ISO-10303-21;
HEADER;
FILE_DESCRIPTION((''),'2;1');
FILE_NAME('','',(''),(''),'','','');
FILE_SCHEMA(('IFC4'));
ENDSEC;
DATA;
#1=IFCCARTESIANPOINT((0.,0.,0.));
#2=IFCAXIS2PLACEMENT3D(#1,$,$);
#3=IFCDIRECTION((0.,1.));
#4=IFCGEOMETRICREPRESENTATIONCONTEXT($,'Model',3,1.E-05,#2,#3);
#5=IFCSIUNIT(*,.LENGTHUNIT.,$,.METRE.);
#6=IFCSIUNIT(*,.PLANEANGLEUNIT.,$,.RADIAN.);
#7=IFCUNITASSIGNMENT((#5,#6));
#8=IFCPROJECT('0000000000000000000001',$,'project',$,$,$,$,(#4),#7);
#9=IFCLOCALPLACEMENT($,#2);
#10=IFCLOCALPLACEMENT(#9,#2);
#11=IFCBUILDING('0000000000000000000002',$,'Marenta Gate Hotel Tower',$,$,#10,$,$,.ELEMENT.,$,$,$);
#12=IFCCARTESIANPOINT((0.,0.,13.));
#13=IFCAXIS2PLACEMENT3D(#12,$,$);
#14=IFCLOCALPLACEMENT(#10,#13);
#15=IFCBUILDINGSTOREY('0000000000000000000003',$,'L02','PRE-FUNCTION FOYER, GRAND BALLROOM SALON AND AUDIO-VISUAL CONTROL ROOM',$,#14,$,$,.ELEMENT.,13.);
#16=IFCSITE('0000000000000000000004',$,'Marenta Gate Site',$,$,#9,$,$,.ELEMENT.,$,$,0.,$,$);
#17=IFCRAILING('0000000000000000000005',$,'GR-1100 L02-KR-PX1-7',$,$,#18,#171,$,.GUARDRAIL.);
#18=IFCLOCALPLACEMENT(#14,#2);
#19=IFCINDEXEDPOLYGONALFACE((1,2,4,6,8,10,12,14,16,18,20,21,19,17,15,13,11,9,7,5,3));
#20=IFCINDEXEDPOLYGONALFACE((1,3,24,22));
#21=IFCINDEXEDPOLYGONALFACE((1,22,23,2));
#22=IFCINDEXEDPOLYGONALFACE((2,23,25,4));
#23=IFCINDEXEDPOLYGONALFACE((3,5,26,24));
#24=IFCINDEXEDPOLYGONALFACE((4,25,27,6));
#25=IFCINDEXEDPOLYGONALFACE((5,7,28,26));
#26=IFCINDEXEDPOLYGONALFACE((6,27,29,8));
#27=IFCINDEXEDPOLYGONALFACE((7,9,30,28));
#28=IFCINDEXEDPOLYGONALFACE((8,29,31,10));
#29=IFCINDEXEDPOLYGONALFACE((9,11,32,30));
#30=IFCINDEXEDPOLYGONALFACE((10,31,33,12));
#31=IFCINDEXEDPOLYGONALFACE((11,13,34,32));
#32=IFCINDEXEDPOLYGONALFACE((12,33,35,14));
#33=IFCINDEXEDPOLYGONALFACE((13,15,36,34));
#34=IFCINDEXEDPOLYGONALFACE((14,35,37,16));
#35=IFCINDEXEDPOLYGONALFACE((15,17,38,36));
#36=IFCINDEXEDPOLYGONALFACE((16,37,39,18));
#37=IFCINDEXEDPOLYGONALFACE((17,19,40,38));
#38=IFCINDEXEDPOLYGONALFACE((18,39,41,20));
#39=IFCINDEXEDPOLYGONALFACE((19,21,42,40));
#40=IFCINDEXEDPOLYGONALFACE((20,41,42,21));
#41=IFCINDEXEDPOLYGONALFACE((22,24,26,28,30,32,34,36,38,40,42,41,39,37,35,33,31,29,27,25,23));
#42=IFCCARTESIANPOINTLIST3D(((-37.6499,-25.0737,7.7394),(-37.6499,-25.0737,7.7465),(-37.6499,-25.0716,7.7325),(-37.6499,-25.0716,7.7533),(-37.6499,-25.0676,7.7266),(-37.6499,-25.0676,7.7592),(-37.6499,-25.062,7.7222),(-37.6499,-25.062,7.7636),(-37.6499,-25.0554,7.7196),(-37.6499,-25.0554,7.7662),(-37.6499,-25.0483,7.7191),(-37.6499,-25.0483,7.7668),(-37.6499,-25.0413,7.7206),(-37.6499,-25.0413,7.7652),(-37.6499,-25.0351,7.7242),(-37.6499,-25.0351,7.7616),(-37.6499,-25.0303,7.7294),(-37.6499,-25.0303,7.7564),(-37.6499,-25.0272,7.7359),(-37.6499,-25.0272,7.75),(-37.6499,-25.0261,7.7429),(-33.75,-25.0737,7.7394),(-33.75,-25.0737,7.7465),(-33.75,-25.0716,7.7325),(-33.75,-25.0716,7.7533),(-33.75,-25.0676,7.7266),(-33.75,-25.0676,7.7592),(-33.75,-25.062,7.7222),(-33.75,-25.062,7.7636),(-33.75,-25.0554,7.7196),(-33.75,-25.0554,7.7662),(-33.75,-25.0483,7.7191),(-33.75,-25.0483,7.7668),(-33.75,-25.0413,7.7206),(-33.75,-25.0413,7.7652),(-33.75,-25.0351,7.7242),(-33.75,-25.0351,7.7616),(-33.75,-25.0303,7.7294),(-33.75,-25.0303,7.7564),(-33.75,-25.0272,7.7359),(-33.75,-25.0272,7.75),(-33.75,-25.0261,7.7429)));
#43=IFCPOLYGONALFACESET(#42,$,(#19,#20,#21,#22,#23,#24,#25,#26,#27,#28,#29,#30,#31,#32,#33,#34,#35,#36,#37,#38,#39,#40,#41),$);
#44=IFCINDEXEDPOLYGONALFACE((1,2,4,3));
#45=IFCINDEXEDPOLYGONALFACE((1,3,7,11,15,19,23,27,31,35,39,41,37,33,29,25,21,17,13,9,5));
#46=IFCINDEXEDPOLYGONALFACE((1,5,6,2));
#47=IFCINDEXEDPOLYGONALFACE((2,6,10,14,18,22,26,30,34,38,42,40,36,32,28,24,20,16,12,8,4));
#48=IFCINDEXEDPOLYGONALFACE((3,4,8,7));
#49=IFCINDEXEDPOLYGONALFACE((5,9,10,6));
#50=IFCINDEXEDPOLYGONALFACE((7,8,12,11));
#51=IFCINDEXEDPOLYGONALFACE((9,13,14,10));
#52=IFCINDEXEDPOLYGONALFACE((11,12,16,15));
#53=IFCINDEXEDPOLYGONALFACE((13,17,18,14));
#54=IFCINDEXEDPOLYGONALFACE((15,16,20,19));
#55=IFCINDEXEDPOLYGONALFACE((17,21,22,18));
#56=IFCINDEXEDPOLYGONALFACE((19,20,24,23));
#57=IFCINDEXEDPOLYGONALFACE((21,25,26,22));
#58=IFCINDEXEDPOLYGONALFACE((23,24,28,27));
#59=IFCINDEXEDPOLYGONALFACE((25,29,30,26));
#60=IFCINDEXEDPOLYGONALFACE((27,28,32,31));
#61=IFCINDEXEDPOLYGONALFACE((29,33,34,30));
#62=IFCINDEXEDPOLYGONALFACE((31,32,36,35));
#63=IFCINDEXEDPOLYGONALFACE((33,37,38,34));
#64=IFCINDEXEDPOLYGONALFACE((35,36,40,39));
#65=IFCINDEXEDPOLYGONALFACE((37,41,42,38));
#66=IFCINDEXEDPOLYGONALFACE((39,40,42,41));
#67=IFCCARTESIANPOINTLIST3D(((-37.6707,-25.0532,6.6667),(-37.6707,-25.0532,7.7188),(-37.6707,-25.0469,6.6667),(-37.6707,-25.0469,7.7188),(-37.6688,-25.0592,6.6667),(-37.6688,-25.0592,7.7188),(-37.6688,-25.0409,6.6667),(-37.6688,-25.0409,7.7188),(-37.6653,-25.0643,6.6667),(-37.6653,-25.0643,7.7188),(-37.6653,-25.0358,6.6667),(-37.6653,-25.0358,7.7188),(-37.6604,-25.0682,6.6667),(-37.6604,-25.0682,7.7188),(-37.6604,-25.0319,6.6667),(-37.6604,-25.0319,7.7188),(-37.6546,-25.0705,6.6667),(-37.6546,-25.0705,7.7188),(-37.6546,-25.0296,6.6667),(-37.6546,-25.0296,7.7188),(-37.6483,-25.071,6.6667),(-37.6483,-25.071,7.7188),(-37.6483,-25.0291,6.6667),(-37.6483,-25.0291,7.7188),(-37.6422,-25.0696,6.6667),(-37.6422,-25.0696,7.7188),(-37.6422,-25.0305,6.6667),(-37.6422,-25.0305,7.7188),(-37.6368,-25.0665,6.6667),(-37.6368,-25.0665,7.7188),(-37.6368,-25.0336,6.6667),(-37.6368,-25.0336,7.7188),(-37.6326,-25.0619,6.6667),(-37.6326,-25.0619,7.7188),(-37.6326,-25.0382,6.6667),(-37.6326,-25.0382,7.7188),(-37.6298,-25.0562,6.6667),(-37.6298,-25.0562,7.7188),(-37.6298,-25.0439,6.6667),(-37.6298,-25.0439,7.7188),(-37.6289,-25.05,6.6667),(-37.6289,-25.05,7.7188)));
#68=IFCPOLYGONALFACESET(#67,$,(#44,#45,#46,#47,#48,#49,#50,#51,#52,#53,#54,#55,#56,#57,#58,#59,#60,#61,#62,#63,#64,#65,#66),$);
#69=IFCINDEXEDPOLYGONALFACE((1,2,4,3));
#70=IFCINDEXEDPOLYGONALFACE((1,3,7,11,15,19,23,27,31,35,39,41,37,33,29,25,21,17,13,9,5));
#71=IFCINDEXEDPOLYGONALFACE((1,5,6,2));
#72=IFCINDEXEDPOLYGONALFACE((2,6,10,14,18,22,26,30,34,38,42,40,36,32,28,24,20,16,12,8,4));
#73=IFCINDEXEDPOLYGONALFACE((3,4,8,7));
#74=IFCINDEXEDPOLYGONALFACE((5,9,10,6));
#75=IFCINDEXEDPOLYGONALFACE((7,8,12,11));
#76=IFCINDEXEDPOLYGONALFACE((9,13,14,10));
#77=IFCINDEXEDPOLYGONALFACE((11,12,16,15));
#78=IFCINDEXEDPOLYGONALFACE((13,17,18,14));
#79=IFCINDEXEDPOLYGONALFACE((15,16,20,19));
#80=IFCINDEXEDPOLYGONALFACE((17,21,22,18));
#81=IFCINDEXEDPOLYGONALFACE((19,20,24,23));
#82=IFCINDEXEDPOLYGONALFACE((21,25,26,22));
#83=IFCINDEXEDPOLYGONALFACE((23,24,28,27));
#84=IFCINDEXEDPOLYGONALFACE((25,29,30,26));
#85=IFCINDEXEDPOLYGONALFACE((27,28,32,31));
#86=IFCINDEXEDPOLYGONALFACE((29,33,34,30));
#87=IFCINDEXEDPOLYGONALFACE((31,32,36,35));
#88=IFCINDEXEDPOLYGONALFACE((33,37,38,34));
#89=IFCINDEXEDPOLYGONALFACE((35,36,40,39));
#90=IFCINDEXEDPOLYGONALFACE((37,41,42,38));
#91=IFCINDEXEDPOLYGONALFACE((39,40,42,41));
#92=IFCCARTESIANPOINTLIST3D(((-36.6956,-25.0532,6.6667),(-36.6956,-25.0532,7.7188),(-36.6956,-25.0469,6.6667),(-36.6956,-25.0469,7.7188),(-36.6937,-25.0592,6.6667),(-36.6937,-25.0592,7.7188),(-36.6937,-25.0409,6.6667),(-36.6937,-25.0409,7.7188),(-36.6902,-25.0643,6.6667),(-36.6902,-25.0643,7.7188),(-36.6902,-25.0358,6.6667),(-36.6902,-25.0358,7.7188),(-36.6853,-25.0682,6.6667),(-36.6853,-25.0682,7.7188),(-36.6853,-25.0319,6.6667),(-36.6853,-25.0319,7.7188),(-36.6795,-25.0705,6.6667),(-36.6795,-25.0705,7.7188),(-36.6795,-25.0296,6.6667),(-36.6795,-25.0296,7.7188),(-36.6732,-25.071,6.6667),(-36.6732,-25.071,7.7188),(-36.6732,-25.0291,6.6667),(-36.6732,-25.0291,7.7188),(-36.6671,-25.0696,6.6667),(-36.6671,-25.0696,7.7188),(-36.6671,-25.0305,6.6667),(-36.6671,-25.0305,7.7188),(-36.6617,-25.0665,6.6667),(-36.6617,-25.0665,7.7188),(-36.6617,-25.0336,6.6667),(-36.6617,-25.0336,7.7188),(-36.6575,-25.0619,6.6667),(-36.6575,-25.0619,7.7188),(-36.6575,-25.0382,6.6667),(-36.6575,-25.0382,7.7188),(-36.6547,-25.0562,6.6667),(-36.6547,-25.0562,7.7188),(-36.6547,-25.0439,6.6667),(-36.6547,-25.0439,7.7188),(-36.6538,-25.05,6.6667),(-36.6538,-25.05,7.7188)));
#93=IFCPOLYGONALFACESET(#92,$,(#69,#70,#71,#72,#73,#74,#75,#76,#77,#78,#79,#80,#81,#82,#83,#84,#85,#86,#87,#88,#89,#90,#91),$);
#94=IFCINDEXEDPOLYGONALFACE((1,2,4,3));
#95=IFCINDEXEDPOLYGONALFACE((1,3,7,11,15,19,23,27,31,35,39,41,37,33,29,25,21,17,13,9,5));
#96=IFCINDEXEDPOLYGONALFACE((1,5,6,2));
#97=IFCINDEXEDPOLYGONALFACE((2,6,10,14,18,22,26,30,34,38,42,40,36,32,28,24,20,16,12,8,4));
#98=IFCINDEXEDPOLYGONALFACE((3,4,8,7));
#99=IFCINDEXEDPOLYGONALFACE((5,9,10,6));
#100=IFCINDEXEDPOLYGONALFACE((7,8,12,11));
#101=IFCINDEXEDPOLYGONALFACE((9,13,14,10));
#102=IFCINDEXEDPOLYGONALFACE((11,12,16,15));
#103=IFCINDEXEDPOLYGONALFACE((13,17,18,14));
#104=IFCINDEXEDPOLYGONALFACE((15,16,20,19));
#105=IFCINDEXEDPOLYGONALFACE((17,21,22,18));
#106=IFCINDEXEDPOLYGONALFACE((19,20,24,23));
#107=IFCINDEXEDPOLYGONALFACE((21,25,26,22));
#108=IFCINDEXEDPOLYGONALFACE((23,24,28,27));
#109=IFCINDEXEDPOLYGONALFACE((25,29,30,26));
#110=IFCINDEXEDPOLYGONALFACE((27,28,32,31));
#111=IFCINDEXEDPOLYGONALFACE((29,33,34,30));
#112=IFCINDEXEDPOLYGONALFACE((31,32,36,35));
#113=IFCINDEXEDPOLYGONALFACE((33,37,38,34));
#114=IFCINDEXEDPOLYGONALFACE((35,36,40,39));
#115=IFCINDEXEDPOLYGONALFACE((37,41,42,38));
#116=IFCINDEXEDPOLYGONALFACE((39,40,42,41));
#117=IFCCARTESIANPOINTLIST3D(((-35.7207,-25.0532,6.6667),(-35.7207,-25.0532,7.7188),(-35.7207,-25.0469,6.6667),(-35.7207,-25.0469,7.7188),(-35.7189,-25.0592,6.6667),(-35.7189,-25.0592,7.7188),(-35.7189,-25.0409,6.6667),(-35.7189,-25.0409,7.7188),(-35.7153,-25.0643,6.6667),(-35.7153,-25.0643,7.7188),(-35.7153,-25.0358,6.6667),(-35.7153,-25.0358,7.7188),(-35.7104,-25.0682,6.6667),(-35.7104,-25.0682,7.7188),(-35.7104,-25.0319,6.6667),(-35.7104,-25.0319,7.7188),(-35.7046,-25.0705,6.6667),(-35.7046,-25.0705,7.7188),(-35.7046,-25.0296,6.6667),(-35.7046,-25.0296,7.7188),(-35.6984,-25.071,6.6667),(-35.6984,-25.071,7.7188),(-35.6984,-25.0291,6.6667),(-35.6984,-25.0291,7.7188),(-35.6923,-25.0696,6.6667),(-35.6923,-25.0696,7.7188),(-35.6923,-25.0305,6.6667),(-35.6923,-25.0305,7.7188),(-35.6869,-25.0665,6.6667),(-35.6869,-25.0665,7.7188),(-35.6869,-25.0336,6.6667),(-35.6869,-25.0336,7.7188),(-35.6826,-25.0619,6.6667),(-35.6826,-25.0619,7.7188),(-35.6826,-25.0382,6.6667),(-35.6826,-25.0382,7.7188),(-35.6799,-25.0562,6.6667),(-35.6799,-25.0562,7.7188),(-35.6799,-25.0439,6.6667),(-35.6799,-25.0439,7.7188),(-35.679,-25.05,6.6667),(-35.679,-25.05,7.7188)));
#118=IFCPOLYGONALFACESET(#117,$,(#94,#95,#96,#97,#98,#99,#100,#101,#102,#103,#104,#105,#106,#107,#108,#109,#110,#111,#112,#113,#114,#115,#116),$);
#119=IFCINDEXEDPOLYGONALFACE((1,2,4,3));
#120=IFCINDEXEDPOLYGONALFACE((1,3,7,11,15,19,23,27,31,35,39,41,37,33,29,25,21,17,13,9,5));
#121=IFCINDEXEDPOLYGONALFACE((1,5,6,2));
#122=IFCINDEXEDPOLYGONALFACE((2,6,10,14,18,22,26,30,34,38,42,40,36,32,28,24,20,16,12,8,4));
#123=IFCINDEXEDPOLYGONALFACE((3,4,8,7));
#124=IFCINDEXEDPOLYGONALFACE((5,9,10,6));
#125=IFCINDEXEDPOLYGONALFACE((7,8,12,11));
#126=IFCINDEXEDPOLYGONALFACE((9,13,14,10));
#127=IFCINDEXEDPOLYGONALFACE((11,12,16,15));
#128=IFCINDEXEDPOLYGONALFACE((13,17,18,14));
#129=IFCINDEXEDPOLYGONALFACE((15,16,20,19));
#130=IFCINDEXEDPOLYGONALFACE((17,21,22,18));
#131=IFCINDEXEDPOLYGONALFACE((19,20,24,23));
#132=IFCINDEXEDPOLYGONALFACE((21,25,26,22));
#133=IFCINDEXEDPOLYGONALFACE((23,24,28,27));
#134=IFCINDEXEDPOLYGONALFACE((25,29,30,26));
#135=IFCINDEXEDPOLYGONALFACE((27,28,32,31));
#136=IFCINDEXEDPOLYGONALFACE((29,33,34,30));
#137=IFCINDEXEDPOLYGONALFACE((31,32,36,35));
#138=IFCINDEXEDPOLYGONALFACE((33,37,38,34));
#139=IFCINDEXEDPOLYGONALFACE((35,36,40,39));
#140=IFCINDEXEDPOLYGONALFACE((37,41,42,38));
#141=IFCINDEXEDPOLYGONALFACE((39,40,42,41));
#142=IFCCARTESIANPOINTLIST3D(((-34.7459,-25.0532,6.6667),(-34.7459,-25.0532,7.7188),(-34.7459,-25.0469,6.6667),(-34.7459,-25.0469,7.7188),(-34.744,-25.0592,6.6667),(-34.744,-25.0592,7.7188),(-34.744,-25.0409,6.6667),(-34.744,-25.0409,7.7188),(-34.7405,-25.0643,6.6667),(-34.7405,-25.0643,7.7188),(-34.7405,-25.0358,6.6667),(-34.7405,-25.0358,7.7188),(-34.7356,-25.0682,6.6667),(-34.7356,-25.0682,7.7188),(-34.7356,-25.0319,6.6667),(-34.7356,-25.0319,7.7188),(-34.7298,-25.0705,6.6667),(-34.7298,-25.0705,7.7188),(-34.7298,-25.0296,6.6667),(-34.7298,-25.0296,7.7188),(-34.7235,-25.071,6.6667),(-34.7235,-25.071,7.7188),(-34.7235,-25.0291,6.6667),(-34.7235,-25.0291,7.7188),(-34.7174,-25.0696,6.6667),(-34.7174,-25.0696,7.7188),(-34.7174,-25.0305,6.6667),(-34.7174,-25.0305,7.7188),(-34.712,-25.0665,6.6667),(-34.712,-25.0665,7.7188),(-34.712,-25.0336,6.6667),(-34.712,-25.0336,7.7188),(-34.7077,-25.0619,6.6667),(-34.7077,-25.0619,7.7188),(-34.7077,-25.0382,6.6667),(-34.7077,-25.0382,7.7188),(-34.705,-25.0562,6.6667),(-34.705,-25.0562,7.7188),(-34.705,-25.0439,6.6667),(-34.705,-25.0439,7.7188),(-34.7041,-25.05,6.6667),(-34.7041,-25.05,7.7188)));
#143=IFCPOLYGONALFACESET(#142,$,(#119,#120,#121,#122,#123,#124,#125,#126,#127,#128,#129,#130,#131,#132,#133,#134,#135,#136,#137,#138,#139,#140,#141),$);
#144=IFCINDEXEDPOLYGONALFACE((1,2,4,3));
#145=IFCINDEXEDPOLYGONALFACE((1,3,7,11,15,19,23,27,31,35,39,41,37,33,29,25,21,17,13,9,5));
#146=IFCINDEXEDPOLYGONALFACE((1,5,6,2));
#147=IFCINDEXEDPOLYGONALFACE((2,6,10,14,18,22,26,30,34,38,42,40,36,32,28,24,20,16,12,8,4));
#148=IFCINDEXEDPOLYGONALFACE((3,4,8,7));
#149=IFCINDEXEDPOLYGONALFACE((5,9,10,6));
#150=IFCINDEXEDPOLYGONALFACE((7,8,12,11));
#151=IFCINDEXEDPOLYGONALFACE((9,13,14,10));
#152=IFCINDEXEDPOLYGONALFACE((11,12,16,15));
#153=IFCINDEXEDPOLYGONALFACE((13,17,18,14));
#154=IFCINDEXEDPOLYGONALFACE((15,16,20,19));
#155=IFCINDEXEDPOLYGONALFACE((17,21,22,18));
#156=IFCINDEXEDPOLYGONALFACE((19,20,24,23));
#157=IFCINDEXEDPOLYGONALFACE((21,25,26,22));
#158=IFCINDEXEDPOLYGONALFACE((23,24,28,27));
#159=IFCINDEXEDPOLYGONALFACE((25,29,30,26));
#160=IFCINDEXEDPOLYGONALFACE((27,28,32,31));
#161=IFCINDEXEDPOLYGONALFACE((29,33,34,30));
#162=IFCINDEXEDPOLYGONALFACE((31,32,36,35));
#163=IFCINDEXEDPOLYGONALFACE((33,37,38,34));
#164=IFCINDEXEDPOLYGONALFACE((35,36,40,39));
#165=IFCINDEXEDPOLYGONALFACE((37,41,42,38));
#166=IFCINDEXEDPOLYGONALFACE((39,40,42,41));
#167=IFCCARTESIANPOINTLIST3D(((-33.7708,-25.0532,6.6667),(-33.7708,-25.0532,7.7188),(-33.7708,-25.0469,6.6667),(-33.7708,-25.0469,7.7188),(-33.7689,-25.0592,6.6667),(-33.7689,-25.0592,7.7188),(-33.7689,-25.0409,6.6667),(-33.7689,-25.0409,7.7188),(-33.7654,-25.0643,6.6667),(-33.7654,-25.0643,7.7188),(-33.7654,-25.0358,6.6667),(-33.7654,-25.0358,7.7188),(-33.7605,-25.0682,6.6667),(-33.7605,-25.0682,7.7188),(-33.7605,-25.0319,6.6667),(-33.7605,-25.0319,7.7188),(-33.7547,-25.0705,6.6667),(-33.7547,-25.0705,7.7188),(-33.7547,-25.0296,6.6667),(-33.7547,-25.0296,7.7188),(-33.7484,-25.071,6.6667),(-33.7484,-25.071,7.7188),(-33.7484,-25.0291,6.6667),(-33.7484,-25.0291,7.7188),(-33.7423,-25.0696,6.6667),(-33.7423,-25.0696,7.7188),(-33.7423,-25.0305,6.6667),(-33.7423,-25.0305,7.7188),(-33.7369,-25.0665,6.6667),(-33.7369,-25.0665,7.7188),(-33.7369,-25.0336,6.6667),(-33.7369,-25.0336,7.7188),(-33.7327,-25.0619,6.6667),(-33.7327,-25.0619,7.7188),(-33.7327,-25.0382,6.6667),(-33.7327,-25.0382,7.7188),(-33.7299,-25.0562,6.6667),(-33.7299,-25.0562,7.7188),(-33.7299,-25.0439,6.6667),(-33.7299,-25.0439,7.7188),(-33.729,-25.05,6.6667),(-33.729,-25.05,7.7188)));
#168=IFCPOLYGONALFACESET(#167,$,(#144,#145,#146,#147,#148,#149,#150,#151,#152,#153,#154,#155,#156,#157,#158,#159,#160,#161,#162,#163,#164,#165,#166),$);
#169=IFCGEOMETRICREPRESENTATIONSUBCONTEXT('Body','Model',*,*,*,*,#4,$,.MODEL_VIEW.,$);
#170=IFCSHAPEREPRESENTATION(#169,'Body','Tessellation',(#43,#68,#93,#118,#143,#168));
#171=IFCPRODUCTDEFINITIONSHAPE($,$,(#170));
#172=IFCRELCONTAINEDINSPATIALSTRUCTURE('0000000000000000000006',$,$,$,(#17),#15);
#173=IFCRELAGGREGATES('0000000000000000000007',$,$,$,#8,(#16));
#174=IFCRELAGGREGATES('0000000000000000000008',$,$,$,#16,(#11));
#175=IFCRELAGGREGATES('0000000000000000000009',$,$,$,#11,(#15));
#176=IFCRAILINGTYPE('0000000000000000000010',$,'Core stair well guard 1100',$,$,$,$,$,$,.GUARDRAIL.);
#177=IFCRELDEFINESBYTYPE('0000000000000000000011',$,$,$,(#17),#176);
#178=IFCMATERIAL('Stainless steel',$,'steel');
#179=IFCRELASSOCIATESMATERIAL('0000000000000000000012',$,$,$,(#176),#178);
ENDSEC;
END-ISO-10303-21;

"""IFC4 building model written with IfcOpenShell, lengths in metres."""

from ifc_helpers import new_model, si_unit, direction, frame, origin, origin_2d, place, context, subcontext, project, spatial, circle, extrude, material, type_object, element, save


model = new_model("IFC4")

# Units and contexts
model_context = context("Model", 3, precision=1e-05, world=origin(), true_north=direction((0.0, 1.0)))
body_context = subcontext(model_context, "Body", "Model", "MODEL_VIEW")
ifc_project = project(units=[si_unit("LENGTHUNIT", "METRE"), si_unit("PLANEANGLEUNIT", "RADIAN")], contexts=[model_context])

# Site, building, storey
site_placement = place(None, origin())
site = spatial("IfcSite", under=ifc_project, at=site_placement, Name="Marenta Gate Site", CompositionType="ELEMENT", RefElevation=0.0)
building_placement = place(site_placement, origin())
building = spatial("IfcBuilding", under=site, at=building_placement, Name="Marenta Gate Hotel Tower", CompositionType="ELEMENT")
storey_placement = place(building_placement, frame((0.0, 0.0, 13.0)))
storey = spatial("IfcBuildingStorey", under=building, at=storey_placement, Name="L02", Description="PRE-FUNCTION FOYER, GRAND BALLROOM SALON AND AUDIO-VISUAL CONTROL ROOM", CompositionType="ELEMENT", Elevation=13.0)

# Railing
ifc_material_1 = material(Name="Stainless steel", Category="steel")
railing_type_1 = type_object("IfcRailingType", Name="Core stair well guard 1100", PredefinedType="GUARDRAIL", material=ifc_material_1)
for number, where, name in (
    (1, (-37.6499, -25.05, 6.6667), "GR-1100 L02-KR-PX1-7"),
):
    element("IfcRailing", number, at=place(storey_placement, frame(where)), inside=storey, type_object=railing_type_1, Name=name, PredefinedType="GUARDRAIL", context=body_context, shape_type="SweptSolid", body=[
        extrude(circle(Radius=0.0239, at=origin_2d()), frame((0.0, 0.0, 1.0762), z_axis=(1.0, 0.0, 0.0), x_axis=(0.0, 1.0, 0.0)), (0.0, 0.0, 1.0), 3.8999),
        extrude(circle(Radius=0.021, at=origin_2d()), origin(), (0.0, 0.0, 1.0), 1.052),
        extrude(circle(Radius=0.021, at=origin_2d()), frame((0.9751, 0.0, 0.0)), (0.0, 0.0, 1.0), 1.052),
        extrude(circle(Radius=0.021, at=origin_2d()), frame((1.95, 0.0, 0.0)), (0.0, 0.0, 1.0), 1.052),
        extrude(circle(Radius=0.021, at=origin_2d()), frame((2.9248, 0.0, 0.0)), (0.0, 0.0, 1.0), 1.052),
        extrude(circle(Radius=0.021, at=origin_2d()), frame((3.8999, 0.0, 0.0)), (0.0, 0.0, 1.0), 1.052),
    ])

save(model, "model.ifc")
